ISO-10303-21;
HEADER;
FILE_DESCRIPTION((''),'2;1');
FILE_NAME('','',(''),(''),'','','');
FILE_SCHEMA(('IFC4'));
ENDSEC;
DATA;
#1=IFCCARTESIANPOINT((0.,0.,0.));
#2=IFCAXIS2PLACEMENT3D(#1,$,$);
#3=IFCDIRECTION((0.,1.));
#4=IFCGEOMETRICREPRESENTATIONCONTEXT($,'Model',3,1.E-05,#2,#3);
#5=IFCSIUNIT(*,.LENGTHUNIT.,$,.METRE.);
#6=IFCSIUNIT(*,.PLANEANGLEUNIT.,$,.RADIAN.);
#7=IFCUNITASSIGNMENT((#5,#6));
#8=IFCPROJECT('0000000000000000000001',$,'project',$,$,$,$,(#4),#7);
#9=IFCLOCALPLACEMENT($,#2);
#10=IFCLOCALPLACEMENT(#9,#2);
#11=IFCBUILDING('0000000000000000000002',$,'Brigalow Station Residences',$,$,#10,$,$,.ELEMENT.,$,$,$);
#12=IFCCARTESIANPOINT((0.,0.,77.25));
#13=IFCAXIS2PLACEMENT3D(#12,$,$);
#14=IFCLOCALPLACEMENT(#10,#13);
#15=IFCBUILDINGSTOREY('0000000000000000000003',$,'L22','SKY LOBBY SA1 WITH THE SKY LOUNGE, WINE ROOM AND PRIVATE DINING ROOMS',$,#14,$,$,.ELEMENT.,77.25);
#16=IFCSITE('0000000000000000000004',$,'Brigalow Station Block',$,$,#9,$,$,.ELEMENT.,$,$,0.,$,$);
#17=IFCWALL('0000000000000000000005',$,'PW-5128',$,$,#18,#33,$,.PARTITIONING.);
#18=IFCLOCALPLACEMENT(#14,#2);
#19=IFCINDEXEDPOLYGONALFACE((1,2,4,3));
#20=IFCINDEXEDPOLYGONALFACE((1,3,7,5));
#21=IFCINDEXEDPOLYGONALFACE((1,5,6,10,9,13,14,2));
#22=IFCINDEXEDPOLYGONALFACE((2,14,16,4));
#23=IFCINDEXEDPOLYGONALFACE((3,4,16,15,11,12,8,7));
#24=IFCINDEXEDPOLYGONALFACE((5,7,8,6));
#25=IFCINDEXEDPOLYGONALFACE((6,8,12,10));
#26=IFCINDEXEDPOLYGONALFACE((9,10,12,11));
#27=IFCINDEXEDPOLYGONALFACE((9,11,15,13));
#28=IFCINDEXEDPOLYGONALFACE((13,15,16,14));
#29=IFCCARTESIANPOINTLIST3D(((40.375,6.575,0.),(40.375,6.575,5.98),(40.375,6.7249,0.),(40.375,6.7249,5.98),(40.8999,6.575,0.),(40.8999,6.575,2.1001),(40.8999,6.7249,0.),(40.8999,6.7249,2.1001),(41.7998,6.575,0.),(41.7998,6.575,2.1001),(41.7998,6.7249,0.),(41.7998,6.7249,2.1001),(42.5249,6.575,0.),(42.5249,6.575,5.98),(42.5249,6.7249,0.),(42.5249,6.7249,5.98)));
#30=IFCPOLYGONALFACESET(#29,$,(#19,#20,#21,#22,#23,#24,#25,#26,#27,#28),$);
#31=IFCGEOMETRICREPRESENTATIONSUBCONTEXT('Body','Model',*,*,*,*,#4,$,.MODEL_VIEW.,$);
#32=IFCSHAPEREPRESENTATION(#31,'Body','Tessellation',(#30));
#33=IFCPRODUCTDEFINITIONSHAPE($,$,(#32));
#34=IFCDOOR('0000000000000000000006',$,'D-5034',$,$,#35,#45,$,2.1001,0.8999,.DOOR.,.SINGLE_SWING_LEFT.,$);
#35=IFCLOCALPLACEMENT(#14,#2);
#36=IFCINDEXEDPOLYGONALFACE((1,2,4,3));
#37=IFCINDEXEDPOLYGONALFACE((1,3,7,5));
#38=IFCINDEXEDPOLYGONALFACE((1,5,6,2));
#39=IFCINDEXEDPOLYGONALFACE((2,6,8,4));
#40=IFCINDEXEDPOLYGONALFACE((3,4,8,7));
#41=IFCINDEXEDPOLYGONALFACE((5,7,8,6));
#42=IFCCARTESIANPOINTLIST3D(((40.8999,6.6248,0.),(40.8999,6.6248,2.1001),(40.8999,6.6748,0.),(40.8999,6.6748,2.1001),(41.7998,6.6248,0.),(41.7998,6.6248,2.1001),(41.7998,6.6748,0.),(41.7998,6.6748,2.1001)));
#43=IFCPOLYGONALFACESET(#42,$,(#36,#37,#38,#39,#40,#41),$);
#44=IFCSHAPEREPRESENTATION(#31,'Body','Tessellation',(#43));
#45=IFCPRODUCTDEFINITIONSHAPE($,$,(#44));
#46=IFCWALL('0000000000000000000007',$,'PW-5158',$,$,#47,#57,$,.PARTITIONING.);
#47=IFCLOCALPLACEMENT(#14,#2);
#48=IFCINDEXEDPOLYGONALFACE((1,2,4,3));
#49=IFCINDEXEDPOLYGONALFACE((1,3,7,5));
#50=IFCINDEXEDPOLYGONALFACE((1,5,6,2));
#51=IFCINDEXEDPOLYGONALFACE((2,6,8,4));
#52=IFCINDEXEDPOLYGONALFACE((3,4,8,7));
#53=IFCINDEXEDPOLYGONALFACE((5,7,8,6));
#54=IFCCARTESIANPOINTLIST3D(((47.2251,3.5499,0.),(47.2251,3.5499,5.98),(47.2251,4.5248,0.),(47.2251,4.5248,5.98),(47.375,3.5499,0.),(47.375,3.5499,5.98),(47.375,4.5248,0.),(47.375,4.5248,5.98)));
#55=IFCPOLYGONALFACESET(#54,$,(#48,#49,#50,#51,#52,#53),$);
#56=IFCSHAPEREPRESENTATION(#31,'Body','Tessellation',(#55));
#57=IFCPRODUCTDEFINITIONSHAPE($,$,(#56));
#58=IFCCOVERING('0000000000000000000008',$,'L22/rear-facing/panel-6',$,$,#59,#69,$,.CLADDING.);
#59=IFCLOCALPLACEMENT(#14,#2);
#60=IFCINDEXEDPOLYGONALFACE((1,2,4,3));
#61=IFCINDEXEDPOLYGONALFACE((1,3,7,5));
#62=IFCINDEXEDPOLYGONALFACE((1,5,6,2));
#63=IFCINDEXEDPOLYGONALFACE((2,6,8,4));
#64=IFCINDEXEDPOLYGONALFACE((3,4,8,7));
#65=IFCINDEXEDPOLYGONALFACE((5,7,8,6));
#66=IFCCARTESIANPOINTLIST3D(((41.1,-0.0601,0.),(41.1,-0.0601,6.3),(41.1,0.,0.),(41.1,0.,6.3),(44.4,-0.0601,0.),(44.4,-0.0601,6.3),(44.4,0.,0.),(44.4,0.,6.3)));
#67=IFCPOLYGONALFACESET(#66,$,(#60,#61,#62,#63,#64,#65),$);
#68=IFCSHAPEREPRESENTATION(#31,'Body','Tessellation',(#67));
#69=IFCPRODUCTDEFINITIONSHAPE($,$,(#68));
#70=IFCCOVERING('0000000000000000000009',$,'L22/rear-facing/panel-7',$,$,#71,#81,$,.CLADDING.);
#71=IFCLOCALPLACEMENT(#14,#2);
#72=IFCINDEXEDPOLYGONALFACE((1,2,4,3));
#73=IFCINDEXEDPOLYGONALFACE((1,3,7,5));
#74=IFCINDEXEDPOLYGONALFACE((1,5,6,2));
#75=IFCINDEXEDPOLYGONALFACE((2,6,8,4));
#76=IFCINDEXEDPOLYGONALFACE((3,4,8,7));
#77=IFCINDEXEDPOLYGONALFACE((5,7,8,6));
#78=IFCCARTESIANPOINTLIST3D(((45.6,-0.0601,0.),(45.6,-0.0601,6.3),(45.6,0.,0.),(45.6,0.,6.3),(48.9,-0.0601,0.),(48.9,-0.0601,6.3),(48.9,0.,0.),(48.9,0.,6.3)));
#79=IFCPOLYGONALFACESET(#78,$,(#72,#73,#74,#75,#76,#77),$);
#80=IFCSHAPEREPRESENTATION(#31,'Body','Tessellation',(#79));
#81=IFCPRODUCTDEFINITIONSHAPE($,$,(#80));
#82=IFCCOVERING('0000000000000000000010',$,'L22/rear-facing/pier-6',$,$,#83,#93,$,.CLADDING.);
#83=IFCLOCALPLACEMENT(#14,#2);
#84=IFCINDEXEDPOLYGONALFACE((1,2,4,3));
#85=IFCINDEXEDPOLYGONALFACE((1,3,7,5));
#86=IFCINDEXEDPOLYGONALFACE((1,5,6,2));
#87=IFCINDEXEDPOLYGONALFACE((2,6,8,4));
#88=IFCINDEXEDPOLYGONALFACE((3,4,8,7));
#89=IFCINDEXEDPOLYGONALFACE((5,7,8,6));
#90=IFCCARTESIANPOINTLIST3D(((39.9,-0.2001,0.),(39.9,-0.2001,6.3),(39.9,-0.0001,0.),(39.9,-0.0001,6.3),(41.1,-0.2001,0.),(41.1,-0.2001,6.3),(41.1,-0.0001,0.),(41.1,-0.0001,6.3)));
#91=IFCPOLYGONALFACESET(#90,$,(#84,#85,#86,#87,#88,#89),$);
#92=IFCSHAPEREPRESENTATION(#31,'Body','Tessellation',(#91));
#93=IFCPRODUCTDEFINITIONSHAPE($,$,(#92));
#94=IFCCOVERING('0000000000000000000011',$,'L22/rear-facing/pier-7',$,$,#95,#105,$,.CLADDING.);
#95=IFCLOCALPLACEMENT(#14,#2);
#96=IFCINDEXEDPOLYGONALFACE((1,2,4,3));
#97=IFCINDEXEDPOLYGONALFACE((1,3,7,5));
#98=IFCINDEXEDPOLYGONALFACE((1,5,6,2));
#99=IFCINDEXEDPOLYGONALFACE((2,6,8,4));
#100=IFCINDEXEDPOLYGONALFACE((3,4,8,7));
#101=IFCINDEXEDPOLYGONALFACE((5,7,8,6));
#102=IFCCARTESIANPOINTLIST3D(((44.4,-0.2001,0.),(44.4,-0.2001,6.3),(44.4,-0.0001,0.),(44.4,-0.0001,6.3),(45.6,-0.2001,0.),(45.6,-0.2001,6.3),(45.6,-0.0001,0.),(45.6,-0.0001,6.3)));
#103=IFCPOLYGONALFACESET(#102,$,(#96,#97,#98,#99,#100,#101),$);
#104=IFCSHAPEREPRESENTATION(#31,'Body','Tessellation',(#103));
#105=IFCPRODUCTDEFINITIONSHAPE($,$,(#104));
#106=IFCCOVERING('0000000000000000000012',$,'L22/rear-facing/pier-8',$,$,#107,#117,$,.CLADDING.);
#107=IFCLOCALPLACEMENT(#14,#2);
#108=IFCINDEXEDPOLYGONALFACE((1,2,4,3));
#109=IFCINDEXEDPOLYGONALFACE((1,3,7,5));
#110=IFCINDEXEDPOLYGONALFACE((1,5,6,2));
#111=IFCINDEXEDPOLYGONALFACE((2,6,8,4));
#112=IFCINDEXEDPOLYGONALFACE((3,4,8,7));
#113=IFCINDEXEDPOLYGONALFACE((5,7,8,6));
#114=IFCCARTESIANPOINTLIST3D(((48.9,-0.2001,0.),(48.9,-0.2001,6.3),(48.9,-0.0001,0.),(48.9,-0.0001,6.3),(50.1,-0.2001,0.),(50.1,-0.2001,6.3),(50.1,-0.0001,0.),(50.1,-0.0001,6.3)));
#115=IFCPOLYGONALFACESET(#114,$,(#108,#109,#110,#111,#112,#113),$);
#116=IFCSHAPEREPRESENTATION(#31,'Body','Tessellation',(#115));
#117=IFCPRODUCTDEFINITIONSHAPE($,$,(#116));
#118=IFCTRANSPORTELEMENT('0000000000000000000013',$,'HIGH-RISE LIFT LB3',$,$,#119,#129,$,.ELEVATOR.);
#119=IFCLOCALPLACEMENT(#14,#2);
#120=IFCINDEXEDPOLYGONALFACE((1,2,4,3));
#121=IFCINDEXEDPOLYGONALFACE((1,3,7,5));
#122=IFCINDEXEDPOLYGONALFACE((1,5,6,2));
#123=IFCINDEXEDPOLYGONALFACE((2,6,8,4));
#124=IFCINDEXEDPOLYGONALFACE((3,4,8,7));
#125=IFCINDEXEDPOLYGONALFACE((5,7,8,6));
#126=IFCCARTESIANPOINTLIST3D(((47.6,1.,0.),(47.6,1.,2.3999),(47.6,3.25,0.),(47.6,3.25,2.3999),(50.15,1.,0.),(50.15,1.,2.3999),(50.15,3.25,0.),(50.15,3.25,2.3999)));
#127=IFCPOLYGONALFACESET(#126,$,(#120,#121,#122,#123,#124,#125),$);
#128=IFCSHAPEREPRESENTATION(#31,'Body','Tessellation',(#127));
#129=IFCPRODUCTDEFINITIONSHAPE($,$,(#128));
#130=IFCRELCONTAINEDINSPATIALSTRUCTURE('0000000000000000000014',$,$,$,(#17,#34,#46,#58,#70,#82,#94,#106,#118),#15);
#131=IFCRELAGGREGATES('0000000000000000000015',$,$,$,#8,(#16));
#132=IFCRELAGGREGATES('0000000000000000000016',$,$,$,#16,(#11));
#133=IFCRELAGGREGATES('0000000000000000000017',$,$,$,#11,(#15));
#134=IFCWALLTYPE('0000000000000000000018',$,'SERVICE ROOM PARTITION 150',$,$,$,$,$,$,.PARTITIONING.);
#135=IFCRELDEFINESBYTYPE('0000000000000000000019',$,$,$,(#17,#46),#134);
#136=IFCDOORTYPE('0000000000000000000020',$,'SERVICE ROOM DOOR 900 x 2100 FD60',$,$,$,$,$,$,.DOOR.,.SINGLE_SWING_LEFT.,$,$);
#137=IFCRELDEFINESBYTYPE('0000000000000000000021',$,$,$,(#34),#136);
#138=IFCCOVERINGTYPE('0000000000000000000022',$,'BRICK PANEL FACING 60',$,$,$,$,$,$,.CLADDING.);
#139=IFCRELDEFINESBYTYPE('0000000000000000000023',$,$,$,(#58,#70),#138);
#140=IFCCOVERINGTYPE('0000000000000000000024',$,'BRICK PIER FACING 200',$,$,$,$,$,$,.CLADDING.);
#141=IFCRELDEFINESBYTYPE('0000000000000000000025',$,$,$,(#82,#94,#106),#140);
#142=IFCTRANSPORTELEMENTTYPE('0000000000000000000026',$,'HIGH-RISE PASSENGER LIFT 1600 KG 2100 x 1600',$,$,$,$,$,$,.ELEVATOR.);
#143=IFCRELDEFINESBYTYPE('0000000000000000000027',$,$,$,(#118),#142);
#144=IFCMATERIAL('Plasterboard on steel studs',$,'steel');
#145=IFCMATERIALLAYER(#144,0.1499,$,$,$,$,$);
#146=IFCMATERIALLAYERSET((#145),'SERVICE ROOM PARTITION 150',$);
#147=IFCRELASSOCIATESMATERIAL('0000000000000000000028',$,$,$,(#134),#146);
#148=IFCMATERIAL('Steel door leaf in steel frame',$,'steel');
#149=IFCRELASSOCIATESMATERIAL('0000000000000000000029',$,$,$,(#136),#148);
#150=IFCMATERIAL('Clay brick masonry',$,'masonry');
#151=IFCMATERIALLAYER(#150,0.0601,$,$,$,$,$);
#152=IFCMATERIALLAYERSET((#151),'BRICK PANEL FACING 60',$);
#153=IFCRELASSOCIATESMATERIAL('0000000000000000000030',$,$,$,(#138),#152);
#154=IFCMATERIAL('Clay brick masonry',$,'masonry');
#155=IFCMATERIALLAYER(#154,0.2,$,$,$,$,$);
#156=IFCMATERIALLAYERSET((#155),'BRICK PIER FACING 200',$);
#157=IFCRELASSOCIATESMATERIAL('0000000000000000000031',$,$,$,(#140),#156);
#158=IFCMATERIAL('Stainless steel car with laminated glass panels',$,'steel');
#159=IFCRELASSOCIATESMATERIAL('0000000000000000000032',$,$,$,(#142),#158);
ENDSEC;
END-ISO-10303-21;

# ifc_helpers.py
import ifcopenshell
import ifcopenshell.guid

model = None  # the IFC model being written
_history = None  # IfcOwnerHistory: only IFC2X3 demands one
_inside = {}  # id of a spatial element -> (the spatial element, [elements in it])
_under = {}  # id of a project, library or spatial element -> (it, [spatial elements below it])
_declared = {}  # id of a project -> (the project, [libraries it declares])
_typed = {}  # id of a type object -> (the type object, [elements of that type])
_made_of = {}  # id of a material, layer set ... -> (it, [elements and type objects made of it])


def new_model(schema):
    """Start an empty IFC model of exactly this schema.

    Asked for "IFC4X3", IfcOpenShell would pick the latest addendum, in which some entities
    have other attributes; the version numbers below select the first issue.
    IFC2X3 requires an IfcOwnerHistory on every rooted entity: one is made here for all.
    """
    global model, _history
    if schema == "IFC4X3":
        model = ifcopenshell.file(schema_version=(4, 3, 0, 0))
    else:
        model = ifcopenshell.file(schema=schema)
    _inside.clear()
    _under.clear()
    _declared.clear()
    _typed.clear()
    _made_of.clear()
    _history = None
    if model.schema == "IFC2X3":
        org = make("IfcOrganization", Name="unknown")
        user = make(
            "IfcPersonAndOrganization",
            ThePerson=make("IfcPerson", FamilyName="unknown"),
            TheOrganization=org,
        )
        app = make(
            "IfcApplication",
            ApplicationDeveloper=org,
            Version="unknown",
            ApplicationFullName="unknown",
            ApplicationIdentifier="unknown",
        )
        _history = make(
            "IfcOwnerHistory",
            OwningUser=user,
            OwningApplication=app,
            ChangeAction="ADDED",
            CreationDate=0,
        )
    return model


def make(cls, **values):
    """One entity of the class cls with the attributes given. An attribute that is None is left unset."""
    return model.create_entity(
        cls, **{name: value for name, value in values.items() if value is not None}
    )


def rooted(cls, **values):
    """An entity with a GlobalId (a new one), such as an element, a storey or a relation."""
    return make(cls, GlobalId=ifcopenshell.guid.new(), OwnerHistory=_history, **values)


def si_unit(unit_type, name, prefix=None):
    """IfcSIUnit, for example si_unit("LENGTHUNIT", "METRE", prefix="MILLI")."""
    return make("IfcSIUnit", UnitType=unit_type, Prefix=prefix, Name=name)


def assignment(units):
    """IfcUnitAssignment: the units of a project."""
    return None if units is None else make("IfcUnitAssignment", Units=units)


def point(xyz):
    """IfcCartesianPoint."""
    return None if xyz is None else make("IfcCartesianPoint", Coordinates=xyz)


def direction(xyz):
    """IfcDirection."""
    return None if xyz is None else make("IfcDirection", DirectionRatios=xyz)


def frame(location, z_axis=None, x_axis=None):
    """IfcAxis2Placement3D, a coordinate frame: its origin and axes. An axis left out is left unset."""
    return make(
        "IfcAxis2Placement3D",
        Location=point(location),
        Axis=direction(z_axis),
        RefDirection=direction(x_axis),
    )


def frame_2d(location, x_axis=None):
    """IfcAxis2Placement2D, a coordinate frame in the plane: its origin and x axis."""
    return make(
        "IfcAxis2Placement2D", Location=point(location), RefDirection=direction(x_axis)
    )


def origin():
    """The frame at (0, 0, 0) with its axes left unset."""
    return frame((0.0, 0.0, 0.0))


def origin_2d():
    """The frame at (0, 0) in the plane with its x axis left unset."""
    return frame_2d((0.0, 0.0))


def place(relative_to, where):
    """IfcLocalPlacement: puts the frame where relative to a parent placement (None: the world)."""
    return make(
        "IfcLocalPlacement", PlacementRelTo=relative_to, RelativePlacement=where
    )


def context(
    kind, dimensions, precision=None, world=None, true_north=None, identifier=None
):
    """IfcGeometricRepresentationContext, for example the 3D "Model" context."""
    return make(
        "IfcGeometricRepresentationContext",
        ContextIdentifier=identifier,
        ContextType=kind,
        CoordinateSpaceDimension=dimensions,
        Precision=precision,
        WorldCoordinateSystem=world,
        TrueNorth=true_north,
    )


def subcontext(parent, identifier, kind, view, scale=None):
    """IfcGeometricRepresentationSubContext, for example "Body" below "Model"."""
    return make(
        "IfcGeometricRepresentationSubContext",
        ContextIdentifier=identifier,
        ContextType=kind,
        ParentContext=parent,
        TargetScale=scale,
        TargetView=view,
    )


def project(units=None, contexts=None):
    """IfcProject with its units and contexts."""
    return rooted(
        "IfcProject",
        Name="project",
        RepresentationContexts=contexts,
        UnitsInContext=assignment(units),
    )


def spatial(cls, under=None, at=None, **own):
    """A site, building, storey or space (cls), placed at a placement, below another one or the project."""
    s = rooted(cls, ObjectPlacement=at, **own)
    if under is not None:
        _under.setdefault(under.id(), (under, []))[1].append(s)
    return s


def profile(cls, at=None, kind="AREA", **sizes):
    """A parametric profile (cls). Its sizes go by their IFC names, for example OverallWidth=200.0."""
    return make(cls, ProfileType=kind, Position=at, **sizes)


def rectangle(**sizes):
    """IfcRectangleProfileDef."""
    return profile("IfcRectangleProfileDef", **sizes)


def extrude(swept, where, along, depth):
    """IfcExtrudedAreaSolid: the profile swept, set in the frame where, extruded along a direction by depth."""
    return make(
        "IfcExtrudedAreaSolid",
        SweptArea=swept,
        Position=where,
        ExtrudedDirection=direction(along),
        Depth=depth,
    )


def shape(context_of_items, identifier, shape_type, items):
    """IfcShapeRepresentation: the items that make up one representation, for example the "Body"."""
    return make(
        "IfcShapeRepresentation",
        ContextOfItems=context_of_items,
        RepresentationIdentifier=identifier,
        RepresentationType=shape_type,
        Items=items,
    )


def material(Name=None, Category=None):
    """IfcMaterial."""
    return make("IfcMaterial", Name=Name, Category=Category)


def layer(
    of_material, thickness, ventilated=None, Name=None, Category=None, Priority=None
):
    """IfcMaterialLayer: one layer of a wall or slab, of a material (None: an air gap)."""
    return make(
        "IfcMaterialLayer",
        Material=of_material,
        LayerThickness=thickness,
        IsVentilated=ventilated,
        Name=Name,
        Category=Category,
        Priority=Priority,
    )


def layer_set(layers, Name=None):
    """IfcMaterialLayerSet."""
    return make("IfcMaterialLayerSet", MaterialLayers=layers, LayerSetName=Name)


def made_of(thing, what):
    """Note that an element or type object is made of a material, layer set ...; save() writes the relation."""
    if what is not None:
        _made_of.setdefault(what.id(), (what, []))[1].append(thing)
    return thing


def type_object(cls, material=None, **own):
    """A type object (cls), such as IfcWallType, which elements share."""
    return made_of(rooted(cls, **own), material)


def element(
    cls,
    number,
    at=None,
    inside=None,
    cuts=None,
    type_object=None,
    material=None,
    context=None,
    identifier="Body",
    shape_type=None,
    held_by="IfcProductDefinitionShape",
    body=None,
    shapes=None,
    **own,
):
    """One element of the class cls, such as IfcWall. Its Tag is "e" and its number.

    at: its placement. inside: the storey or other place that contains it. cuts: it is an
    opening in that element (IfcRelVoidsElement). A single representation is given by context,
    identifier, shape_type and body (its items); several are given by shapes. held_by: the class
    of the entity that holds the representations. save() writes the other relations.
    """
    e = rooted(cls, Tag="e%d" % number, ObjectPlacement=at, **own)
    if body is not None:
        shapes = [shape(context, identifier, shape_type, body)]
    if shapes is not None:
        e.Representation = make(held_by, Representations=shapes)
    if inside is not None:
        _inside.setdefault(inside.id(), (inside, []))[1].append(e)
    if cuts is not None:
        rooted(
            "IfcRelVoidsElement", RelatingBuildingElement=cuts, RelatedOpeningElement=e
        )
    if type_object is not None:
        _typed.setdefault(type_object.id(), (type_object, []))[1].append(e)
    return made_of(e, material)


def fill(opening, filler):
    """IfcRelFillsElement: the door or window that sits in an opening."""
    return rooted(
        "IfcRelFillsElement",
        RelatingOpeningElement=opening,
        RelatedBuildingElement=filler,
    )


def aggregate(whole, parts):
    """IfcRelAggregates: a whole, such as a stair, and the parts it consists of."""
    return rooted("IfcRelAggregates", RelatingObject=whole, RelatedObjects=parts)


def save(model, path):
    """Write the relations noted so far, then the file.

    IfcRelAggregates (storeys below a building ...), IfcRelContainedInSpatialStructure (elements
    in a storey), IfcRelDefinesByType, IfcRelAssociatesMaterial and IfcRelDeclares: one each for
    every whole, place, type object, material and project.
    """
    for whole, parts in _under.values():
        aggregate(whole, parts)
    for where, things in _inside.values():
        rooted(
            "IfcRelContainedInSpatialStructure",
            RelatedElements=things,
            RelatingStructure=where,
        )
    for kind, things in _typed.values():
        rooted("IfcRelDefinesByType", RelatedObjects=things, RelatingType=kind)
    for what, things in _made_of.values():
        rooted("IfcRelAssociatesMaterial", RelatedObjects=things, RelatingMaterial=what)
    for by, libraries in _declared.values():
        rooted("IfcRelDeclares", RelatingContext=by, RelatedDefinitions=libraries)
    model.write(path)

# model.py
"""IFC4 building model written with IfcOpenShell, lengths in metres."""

from ifc_helpers import new_model, si_unit, direction, frame, frame_2d, origin, origin_2d, place, context, subcontext, project, spatial, rectangle, extrude, material, layer, layer_set, type_object, element, fill, save


model = new_model("IFC4")

# Units and contexts
model_context = context("Model", 3, precision=1e-05, world=origin(), true_north=direction((0.0, 1.0)))
body_context = subcontext(model_context, "Body", "Model", "MODEL_VIEW")
ifc_project = project(units=[si_unit("LENGTHUNIT", "METRE"), si_unit("PLANEANGLEUNIT", "RADIAN")], contexts=[model_context])

# Site, building, storey
site_placement = place(None, origin())
site = spatial("IfcSite", under=ifc_project, at=site_placement, Name="Brigalow Station Block", CompositionType="ELEMENT", RefElevation=0.0)
building_placement = place(site_placement, origin())
building = spatial("IfcBuilding", under=site, at=building_placement, Name="Brigalow Station Residences", CompositionType="ELEMENT")
storey_placement = place(building_placement, frame((0.0, 0.0, 77.25)))
storey = spatial("IfcBuildingStorey", under=building, at=storey_placement, Name="L22", Description="SKY LOBBY SA1 WITH THE SKY LOUNGE, WINE ROOM AND PRIVATE DINING ROOMS", CompositionType="ELEMENT", Elevation=77.25)

# Wall, opening, door
ifc_material_1 = material(Name="Plasterboard on steel studs", Category="steel")
ifc_layer_1 = layer(ifc_material_1, 0.1499)
ifc_layer_set_1 = layer_set([ifc_layer_1], Name="SERVICE ROOM PARTITION 150")
wall_type_1 = type_object("IfcWallType", Name="SERVICE ROOM PARTITION 150", PredefinedType="PARTITIONING", material=ifc_layer_set_1)
ifc_material_2 = material(Name="Steel door leaf in steel frame", Category="steel")
door_type_1 = type_object("IfcDoorType", Name="SERVICE ROOM DOOR 900 x 2100 FD60", OperationType="SINGLE_SWING_LEFT", PredefinedType="DOOR", material=ifc_material_2)
wall_1_placement = place(storey_placement, frame((40.375, 6.6499, 0.0), z_axis=(0.0, 0.0, 1.0), x_axis=(1.0, 0.0, 0.0)))
wall_1 = element("IfcWall", 1, at=wall_1_placement, inside=storey, type_object=wall_type_1, Name="PW-5128", PredefinedType="PARTITIONING", context=body_context, shape_type="SweptSolid", body=[
    extrude(rectangle(XDim=2.1499, YDim=0.1499, at=frame_2d((1.075, 0.0))), origin(), (0.0, 0.0, 1.0), 5.98),
])
opening_1_placement = place(wall_1_placement, frame((0.5249, 0.0, 0.0)))
opening_1 = element("IfcOpeningElement", 2, at=opening_1_placement, cuts=wall_1, PredefinedType="OPENING", context=body_context, shape_type="SweptSolid", body=[
    extrude(rectangle(XDim=0.8999, YDim=2.1001, at=frame_2d((0.45, 1.05))), frame((0.0, 0.085, 0.0), z_axis=(0.0, -1.0, 0.0), x_axis=(1.0, 0.0, 0.0)), (0.0, 0.0, 1.0), 0.1699),
])
door_1_placement = place(opening_1_placement, origin())
door_1 = element("IfcDoor", 3, at=door_1_placement, inside=storey, type_object=door_type_1, Name="D-5034", OperationType="SINGLE_SWING_LEFT", OverallHeight=2.1001, OverallWidth=0.8999, PredefinedType="DOOR", context=body_context, shape_type="SweptSolid", body=[
    extrude(rectangle(XDim=0.8999, YDim=2.1001, at=frame_2d((0.45, 1.05))), frame((0.0, 0.0249, 0.0), z_axis=(0.0, -1.0, 0.0), x_axis=(1.0, 0.0, 0.0)), (0.0, 0.0, 1.0), 0.05),
])
fill(opening_1, door_1)

# Wall
wall_2_placement = place(storey_placement, frame((47.3, 3.55, 0.0), z_axis=(0.0, 0.0, 1.0), x_axis=(0.0, 1.0, 0.0)))
element("IfcWall", 4, at=wall_2_placement, inside=storey, type_object=wall_type_1, Name="PW-5158", PredefinedType="PARTITIONING", context=body_context, shape_type="SweptSolid", body=[
    extrude(rectangle(XDim=0.9749, YDim=0.1499, at=frame_2d((0.4873, 0.0))), origin(), (0.0, 0.0, 1.0), 5.98),
])

# Coverings
ifc_material_3 = material(Name="Clay brick masonry", Category="masonry")
ifc_layer_2 = layer(ifc_material_3, 0.0601)
ifc_layer_set_2 = layer_set([ifc_layer_2], Name="BRICK PANEL FACING 60")
covering_type_1 = type_object("IfcCoveringType", Name="BRICK PANEL FACING 60", PredefinedType="CLADDING", material=ifc_layer_set_2)
for number, where, z_axis, x_axis, name in (
    (5, (42.75, -0.03, 0.0), (0.0, 0.0, 1.0), (1.0, 0.0, 0.0), "L22/rear-facing/panel-6"),
    (6, (47.25, -0.03, 0.0), (0.0, 0.0, 1.0), (1.0, 0.0, 0.0), "L22/rear-facing/panel-7"),
):
    element("IfcCovering", number, at=place(storey_placement, frame(where, z_axis=z_axis, x_axis=x_axis)), inside=storey, type_object=covering_type_1, Name=name, PredefinedType="CLADDING", context=body_context, shape_type="SweptSolid", body=[
        extrude(rectangle(XDim=3.3, YDim=0.0601, at=origin_2d()), origin(), (0.0, 0.0, 1.0), 6.3),
    ])
ifc_material_4 = material(Name="Clay brick masonry", Category="masonry")
ifc_layer_3 = layer(ifc_material_4, 0.2)
ifc_layer_set_3 = layer_set([ifc_layer_3], Name="BRICK PIER FACING 200")
covering_type_2 = type_object("IfcCoveringType", Name="BRICK PIER FACING 200", PredefinedType="CLADDING", material=ifc_layer_set_3)
for number, where, z_axis, x_axis, name in (
    (7, (40.5, -0.1001, 0.0), (0.0, 0.0, 1.0), (1.0, 0.0, 0.0), "L22/rear-facing/pier-6"),
    (8, (45.0, -0.1001, 0.0), (0.0, 0.0, 1.0), (1.0, 0.0, 0.0), "L22/rear-facing/pier-7"),
    (9, (49.5, -0.1001, 0.0), (0.0, 0.0, 1.0), (1.0, 0.0, 0.0), "L22/rear-facing/pier-8"),
):
    element("IfcCovering", number, at=place(storey_placement, frame(where, z_axis=z_axis, x_axis=x_axis)), inside=storey, type_object=covering_type_2, Name=name, PredefinedType="CLADDING", context=body_context, shape_type="SweptSolid", body=[
        extrude(rectangle(XDim=1.2, YDim=0.2, at=origin_2d()), origin(), (0.0, 0.0, 1.0), 6.3),
    ])

# Transport element
ifc_material_5 = material(Name="Stainless steel car with laminated glass panels", Category="steel")
transport_element_type = type_object("IfcTransportElementType", Name="HIGH-RISE PASSENGER LIFT 1600 KG 2100 x 1600", PredefinedType="ELEVATOR", material=ifc_material_5)
transport_element_placement = place(storey_placement, frame((48.875, 2.125, 0.0), z_axis=(0.0, 0.0, 1.0), x_axis=(1.0, 0.0, 0.0)))
element("IfcTransportElement", 10, at=transport_element_placement, inside=storey, type_object=transport_element_type, Name="HIGH-RISE LIFT LB3", PredefinedType="ELEVATOR", context=body_context, shape_type="SweptSolid", body=[
    extrude(rectangle(XDim=2.55, YDim=2.25, at=origin_2d()), origin(), (0.0, 0.0, 1.0), 2.3999),
])

save(model, "model.ifc")
